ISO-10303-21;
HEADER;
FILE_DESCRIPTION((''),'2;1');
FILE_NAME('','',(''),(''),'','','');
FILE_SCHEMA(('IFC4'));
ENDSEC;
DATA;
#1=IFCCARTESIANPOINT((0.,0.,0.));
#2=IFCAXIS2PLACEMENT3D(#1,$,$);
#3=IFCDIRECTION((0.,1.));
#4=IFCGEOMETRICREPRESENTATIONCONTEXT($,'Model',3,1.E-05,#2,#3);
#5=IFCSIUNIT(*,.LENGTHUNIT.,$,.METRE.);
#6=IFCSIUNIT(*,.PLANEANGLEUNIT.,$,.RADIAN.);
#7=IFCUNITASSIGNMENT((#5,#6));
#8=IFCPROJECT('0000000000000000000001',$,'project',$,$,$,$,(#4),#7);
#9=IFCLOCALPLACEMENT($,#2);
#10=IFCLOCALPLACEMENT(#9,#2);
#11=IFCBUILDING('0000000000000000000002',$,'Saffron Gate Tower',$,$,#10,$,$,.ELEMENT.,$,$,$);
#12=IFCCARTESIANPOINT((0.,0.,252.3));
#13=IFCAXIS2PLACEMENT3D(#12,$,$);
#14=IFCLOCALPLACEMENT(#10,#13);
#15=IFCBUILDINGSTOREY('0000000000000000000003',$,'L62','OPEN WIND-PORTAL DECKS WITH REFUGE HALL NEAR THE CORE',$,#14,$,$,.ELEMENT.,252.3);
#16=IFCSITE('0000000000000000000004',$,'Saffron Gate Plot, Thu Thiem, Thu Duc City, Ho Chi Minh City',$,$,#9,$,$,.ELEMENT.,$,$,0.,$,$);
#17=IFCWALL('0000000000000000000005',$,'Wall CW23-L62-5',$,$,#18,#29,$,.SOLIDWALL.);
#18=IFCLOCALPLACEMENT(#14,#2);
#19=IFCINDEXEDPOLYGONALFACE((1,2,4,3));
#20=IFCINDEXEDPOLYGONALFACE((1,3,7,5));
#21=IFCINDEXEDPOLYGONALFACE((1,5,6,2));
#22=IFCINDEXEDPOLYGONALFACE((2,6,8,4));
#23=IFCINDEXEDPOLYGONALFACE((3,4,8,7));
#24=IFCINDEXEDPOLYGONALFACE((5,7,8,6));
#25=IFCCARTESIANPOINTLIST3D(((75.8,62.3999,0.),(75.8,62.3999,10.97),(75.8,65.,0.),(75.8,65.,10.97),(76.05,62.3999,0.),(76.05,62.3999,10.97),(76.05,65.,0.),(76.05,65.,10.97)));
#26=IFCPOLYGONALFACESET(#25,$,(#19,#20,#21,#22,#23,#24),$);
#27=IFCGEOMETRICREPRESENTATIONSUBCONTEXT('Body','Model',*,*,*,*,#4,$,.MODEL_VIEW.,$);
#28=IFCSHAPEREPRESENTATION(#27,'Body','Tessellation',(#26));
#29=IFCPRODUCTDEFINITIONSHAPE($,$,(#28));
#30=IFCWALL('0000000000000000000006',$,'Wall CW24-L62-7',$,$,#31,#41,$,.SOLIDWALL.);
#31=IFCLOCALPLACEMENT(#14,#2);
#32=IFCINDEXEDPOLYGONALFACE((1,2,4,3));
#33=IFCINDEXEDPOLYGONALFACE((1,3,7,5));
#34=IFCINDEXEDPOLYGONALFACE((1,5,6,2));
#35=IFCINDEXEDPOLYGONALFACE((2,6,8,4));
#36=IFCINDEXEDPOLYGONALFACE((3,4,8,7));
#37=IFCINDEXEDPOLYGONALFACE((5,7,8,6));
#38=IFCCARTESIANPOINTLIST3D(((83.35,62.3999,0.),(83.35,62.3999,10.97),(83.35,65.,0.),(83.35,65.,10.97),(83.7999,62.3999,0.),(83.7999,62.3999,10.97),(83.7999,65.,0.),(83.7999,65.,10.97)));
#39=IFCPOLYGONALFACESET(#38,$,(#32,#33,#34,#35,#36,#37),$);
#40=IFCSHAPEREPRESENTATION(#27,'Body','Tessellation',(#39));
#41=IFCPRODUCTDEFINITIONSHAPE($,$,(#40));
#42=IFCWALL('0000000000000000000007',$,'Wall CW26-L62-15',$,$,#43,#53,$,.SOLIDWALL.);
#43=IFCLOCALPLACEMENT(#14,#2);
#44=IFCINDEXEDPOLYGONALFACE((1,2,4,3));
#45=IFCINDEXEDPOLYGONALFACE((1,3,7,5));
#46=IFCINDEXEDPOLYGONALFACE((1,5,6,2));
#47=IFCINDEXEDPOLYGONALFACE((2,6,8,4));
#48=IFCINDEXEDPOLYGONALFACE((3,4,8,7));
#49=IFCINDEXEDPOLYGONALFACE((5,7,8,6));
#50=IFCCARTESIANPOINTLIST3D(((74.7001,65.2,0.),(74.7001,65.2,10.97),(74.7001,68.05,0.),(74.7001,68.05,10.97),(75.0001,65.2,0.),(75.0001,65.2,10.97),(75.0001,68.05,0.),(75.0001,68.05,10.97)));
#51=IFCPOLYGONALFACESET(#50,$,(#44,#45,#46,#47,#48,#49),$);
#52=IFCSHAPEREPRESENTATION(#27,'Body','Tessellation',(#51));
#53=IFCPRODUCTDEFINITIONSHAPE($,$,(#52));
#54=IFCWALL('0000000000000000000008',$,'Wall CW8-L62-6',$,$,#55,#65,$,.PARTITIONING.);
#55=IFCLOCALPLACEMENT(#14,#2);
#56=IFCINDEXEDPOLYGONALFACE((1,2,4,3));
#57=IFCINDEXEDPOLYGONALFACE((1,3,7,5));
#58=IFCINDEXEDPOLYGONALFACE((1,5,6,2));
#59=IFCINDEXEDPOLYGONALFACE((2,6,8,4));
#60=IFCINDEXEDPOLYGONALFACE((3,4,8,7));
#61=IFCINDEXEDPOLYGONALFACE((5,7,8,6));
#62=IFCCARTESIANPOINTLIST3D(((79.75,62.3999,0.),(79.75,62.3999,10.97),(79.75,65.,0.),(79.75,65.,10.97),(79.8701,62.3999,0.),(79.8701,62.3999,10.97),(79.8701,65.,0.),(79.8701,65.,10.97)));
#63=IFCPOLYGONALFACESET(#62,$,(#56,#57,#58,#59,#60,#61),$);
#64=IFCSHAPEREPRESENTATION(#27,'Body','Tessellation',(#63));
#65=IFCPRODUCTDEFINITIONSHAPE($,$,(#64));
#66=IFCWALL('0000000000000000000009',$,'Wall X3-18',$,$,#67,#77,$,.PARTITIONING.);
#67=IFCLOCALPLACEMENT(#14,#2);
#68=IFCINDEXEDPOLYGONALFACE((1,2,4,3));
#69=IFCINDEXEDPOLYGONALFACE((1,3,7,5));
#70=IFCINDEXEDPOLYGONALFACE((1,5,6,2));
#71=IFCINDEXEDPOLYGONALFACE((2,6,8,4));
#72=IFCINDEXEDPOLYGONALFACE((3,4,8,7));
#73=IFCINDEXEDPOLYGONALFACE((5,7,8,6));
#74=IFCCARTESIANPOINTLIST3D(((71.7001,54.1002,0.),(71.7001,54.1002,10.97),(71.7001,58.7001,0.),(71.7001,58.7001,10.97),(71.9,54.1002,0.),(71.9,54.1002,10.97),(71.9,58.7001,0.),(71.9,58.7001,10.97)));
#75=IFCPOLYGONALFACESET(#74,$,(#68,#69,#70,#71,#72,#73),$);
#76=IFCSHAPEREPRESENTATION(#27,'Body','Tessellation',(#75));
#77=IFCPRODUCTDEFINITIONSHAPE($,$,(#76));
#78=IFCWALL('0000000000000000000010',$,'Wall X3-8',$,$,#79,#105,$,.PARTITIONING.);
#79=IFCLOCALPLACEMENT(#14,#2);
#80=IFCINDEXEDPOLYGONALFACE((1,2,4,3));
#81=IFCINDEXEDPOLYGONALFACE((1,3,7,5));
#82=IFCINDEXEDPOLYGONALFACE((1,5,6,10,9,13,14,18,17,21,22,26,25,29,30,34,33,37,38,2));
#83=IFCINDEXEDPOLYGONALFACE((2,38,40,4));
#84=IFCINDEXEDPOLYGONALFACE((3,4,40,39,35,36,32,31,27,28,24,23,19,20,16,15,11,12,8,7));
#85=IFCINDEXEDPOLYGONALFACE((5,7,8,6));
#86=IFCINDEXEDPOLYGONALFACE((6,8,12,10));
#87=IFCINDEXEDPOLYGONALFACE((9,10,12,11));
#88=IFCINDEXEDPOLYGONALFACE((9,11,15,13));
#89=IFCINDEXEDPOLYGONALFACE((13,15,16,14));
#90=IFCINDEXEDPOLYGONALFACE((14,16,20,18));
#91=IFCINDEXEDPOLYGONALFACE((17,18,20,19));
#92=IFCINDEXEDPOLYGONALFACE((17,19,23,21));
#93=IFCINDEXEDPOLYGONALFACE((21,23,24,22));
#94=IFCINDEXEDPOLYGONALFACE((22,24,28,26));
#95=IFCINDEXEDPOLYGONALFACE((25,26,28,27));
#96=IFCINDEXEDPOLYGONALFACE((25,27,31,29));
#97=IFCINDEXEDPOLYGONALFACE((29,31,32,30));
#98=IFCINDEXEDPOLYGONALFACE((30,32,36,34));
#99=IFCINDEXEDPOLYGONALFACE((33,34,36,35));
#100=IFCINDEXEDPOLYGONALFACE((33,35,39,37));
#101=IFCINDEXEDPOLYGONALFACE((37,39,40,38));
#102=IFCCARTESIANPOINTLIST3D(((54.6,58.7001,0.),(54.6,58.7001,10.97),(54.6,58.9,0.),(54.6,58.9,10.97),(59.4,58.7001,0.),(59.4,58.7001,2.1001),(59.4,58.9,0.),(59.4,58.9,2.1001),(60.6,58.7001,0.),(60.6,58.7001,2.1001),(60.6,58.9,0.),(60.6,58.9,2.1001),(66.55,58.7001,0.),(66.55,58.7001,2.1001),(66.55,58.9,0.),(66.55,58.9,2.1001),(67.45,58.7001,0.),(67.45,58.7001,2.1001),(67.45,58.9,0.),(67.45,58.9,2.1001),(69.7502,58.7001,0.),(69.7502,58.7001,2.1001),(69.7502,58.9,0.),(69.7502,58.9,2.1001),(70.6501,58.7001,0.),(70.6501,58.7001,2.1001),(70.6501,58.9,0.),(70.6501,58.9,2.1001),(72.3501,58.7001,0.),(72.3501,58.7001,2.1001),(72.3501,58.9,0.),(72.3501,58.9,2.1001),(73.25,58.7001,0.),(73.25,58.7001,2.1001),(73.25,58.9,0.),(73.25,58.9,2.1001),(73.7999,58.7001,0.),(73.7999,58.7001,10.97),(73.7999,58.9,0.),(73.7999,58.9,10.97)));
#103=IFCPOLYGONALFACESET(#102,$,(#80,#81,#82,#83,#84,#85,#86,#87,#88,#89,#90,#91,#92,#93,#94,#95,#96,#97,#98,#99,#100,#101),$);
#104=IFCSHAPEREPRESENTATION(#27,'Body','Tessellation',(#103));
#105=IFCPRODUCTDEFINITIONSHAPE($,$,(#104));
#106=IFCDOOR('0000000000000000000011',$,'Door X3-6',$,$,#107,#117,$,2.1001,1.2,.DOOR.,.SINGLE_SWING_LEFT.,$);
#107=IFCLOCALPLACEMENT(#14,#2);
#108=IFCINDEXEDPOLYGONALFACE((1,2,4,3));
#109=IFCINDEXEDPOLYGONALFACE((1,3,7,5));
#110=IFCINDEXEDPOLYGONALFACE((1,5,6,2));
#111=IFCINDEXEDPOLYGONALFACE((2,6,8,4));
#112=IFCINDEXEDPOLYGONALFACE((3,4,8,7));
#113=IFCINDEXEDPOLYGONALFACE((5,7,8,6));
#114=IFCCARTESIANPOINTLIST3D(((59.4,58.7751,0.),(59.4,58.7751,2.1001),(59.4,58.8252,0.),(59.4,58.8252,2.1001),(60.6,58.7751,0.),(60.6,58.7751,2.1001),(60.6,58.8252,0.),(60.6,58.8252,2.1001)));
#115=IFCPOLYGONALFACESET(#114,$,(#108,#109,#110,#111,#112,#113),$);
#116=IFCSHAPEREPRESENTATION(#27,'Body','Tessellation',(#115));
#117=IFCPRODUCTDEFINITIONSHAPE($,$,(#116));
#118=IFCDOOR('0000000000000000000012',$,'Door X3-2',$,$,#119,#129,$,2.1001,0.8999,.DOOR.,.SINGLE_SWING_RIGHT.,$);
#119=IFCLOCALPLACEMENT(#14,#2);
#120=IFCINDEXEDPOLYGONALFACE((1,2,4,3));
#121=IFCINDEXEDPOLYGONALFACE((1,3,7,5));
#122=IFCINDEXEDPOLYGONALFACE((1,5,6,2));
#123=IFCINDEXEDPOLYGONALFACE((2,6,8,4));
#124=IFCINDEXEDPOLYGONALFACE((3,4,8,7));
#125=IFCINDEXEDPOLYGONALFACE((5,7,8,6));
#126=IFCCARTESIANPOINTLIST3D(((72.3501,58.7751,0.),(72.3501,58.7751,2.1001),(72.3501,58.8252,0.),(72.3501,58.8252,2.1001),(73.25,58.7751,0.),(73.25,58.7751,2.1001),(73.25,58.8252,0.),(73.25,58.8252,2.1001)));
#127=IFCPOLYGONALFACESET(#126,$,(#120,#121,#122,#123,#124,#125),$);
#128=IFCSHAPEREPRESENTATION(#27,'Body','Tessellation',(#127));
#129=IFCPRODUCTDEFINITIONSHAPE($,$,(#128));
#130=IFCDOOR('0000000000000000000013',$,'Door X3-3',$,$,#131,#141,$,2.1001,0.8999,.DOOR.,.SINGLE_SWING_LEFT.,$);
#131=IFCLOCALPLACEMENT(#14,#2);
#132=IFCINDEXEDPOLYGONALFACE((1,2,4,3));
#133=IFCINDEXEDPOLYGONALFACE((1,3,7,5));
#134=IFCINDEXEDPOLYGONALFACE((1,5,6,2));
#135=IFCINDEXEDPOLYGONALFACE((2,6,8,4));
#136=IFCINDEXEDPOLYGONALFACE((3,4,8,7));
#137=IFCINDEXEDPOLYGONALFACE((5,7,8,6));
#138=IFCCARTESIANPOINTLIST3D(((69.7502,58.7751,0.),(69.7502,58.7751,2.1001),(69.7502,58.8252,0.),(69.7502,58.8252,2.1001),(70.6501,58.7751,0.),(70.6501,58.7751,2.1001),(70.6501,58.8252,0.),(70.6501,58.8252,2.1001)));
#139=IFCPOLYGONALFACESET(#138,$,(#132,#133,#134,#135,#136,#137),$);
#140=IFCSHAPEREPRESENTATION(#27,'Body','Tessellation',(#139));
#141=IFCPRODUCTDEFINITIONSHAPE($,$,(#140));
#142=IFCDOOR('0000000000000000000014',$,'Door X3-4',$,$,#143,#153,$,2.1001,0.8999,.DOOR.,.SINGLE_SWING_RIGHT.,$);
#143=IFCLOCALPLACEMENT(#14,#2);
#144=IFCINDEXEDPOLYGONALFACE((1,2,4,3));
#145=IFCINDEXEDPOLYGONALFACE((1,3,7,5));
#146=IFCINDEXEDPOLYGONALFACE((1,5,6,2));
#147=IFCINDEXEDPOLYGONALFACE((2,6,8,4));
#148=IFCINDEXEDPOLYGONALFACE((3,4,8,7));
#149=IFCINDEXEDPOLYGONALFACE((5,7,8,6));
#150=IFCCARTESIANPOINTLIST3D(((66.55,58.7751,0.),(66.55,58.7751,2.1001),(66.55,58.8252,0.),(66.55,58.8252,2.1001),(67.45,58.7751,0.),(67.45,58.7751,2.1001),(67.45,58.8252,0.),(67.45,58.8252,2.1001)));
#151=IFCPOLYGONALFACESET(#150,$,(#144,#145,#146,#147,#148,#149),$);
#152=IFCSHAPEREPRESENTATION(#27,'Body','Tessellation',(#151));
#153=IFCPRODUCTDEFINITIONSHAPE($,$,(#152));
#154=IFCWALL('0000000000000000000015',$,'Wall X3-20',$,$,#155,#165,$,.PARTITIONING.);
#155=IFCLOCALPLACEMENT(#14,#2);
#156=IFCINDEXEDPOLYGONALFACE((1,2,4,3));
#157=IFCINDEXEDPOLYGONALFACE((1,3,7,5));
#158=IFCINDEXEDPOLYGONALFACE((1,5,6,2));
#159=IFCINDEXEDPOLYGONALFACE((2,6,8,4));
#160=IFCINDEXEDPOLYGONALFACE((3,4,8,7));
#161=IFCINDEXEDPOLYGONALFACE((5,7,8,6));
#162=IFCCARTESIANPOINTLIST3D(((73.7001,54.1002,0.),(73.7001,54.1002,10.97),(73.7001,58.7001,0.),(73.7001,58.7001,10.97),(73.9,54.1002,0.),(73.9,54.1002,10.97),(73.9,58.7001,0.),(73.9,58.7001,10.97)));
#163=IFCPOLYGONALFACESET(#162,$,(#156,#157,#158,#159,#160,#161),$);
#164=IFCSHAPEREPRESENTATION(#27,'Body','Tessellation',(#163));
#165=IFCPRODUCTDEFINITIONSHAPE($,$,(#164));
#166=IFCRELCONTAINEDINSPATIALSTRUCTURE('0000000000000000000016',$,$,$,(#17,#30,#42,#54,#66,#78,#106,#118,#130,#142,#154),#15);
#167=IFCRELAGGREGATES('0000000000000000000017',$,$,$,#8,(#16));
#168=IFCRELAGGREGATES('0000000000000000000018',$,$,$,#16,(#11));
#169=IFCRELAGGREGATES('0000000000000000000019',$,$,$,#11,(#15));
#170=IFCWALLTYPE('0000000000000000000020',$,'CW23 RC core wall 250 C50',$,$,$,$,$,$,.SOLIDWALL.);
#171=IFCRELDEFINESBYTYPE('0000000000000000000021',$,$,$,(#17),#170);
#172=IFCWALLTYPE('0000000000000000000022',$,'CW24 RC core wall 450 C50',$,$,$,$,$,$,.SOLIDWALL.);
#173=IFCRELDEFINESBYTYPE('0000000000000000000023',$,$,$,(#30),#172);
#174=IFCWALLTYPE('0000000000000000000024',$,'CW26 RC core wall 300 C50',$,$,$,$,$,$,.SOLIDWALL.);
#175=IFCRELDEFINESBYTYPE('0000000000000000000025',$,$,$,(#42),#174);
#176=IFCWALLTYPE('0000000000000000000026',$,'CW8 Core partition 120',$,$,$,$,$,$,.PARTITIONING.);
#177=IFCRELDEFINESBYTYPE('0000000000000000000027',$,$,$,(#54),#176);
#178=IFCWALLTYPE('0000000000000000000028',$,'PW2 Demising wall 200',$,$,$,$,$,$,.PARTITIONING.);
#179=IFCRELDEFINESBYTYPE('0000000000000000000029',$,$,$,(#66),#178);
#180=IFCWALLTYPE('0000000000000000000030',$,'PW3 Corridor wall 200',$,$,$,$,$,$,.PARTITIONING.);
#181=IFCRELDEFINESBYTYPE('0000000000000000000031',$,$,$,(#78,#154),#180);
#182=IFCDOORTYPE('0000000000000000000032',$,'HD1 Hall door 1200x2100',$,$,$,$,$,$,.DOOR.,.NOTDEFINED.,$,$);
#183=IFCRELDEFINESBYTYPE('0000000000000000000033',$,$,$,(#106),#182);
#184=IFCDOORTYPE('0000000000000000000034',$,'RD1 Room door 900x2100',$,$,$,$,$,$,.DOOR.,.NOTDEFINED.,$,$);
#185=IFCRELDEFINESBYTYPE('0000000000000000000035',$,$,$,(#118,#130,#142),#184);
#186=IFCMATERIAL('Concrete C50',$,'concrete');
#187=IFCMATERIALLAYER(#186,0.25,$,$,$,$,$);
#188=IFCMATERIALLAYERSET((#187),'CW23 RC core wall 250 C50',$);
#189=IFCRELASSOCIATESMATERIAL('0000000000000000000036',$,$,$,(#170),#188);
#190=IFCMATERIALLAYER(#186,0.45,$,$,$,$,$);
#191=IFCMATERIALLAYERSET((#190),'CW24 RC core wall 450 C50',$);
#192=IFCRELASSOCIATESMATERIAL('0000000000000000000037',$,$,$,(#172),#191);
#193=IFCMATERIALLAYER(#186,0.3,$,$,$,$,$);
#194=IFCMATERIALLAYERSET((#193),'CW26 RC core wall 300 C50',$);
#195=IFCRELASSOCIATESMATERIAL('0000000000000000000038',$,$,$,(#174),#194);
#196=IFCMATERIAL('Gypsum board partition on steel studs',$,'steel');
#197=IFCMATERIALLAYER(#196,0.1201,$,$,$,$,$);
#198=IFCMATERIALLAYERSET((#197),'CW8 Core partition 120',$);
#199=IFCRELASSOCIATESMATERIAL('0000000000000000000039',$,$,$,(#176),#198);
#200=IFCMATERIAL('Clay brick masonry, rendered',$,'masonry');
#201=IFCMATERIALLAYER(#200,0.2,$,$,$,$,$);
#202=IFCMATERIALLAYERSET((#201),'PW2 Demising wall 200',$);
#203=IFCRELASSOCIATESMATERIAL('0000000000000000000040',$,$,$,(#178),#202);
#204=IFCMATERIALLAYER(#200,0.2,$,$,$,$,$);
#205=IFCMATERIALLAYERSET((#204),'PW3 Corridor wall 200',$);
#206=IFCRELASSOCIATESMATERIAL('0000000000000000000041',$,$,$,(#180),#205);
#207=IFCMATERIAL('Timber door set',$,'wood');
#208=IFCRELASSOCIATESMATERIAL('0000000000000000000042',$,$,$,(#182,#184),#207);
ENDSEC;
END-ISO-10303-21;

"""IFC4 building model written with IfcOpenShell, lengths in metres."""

from ifc_helpers import new_model, si_unit, direction, frame, frame_2d, origin, place, context, subcontext, project, spatial, rectangle, extrude, material, layer, layer_set, type_object, element, fill, save


model = new_model("IFC4")

# Units and contexts
model_context = context("Model", 3, precision=1e-05, world=origin(), true_north=direction((0.0, 1.0)))
body_context = subcontext(model_context, "Body", "Model", "MODEL_VIEW")
ifc_project = project(units=[si_unit("LENGTHUNIT", "METRE"), si_unit("PLANEANGLEUNIT", "RADIAN")], contexts=[model_context])

# Site, building, storey
site_placement = place(None, origin())
site = spatial("IfcSite", under=ifc_project, at=site_placement, Name="Saffron Gate Plot, Thu Thiem, Thu Duc City, Ho Chi Minh City", CompositionType="ELEMENT", RefElevation=0.0)
building_placement = place(site_placement, origin())
building = spatial("IfcBuilding", under=site, at=building_placement, Name="Saffron Gate Tower", CompositionType="ELEMENT")
storey_placement = place(building_placement, frame((0.0, 0.0, 252.3)))
storey = spatial("IfcBuildingStorey", under=building, at=storey_placement, Name="L62", Description="OPEN WIND-PORTAL DECKS WITH REFUGE HALL NEAR THE CORE", CompositionType="ELEMENT", Elevation=252.3)

# Walls
ifc_material_1 = material(Name="Concrete C50", Category="concrete")
ifc_layer_1 = layer(ifc_material_1, 0.25)
ifc_layer_set_1 = layer_set([ifc_layer_1], Name="CW23 RC core wall 250 C50")
wall_type_1 = type_object("IfcWallType", Name="CW23 RC core wall 250 C50", PredefinedType="SOLIDWALL", material=ifc_layer_set_1)
wall_1_placement = place(storey_placement, frame((75.925, 62.3999, 0.0), z_axis=(0.0, 0.0, 1.0), x_axis=(0.0, 1.0, 0.0)))
element("IfcWall", 1, at=wall_1_placement, inside=storey, type_object=wall_type_1, Name="Wall CW23-L62-5", PredefinedType="SOLIDWALL", context=body_context, shape_type="SweptSolid", body=[
    extrude(rectangle(XDim=2.6001, YDim=0.25, at=frame_2d((1.3, 0.0))), origin(), (0.0, 0.0, 1.0), 10.97),
])
ifc_layer_2 = layer(ifc_material_1, 0.45)
ifc_layer_set_2 = layer_set([ifc_layer_2], Name="CW24 RC core wall 450 C50")
wall_type_2 = type_object("IfcWallType", Name="CW24 RC core wall 450 C50", PredefinedType="SOLIDWALL", material=ifc_layer_set_2)
wall_2_placement = place(storey_placement, frame((83.575, 62.3999, 0.0), z_axis=(0.0, 0.0, 1.0), x_axis=(0.0, 1.0, 0.0)))
element("IfcWall", 2, at=wall_2_placement, inside=storey, type_object=wall_type_2, Name="Wall CW24-L62-7", PredefinedType="SOLIDWALL", context=body_context, shape_type="SweptSolid", body=[
    extrude(rectangle(XDim=2.6001, YDim=0.45, at=frame_2d((1.3, 0.0))), origin(), (0.0, 0.0, 1.0), 10.97),
])
ifc_layer_3 = layer(ifc_material_1, 0.3)
ifc_layer_set_3 = layer_set([ifc_layer_3], Name="CW26 RC core wall 300 C50")
wall_type_3 = type_object("IfcWallType", Name="CW26 RC core wall 300 C50", PredefinedType="SOLIDWALL", material=ifc_layer_set_3)
wall_3_placement = place(storey_placement, frame((74.8501, 65.2, 0.0), z_axis=(0.0, 0.0, 1.0), x_axis=(0.0, 1.0, 0.0)))
element("IfcWall", 3, at=wall_3_placement, inside=storey, type_object=wall_type_3, Name="Wall CW26-L62-15", PredefinedType="SOLIDWALL", context=body_context, shape_type="SweptSolid", body=[
    extrude(rectangle(XDim=2.8501, YDim=0.3, at=frame_2d((1.425, 0.0))), origin(), (0.0, 0.0, 1.0), 10.97),
])
ifc_material_2 = material(Name="Gypsum board partition on steel studs", Category="steel")
ifc_layer_4 = layer(ifc_material_2, 0.1201)
ifc_layer_set_4 = layer_set([ifc_layer_4], Name="CW8 Core partition 120")
wall_type_4 = type_object("IfcWallType", Name="CW8 Core partition 120", PredefinedType="PARTITIONING", material=ifc_layer_set_4)
wall_4_placement = place(storey_placement, frame((79.8101, 62.3999, 0.0), z_axis=(0.0, 0.0, 1.0), x_axis=(0.0, 1.0, 0.0)))
element("IfcWall", 4, at=wall_4_placement, inside=storey, type_object=wall_type_4, Name="Wall CW8-L62-6", PredefinedType="PARTITIONING", context=body_context, shape_type="SweptSolid", body=[
    extrude(rectangle(XDim=2.6001, YDim=0.1201, at=frame_2d((1.3, 0.0))), origin(), (0.0, 0.0, 1.0), 10.97),
])
ifc_material_3 = material(Name="Clay brick masonry, rendered", Category="masonry")
ifc_layer_5 = layer(ifc_material_3, 0.2)
ifc_layer_set_5 = layer_set([ifc_layer_5], Name="PW2 Demising wall 200")
wall_type_5 = type_object("IfcWallType", Name="PW2 Demising wall 200", PredefinedType="PARTITIONING", material=ifc_layer_set_5)
wall_5_placement = place(storey_placement, frame((71.8, 58.7, 0.0), z_axis=(0.0, 0.0, 1.0), x_axis=(0.0, -1.0, 0.0)))
element("IfcWall", 5, at=wall_5_placement, inside=storey, type_object=wall_type_5, Name="Wall X3-18", PredefinedType="PARTITIONING", context=body_context, shape_type="SweptSolid", body=[
    extrude(rectangle(XDim=4.5999, YDim=0.2, at=frame_2d((2.2998, 0.0))), origin(), (0.0, 0.0, 1.0), 10.97),
])

# Wall, openings, doors
ifc_layer_6 = layer(ifc_material_3, 0.2)
ifc_layer_set_6 = layer_set([ifc_layer_6], Name="PW3 Corridor wall 200")
wall_type_6 = type_object("IfcWallType", Name="PW3 Corridor wall 200", PredefinedType="PARTITIONING", material=ifc_layer_set_6)
wall_6_placement = place(storey_placement, frame((73.8, 58.8, 0.0), z_axis=(0.0, 0.0, 1.0), x_axis=(-1.0, 0.0, 0.0)))
wall_6 = element("IfcWall", 6, at=wall_6_placement, inside=storey, type_object=wall_type_6, Name="Wall X3-8", PredefinedType="PARTITIONING", context=body_context, shape_type="SweptSolid", body=[
    extrude(rectangle(XDim=19.2, YDim=0.2, at=frame_2d((9.6001, 0.0))), origin(), (0.0, 0.0, 1.0), 10.97),
])
opening_1_placement = place(wall_6_placement, frame((0.55, 0.0, 0.0)))
opening_1 = element("IfcOpeningElement", 7, at=opening_1_placement, cuts=wall_6, PredefinedType="OPENING", context=body_context, shape_type="SweptSolid", body=[
    extrude(rectangle(XDim=0.8999, YDim=2.1001, at=frame_2d((0.45, 1.05))), frame((0.0, 0.1099, 0.0), z_axis=(0.0, -1.0, 0.0), x_axis=(1.0, 0.0, 0.0)), (0.0, 0.0, 1.0), 0.22),
])
opening_2_placement = place(wall_6_placement, frame((3.1499, 0.0, 0.0)))
opening_2 = element("IfcOpeningElement", 8, at=opening_2_placement, cuts=wall_6, PredefinedType="OPENING", context=body_context, shape_type="SweptSolid", body=[
    extrude(rectangle(XDim=0.8999, YDim=2.1001, at=frame_2d((0.45, 1.05))), frame((0.0, 0.1099, 0.0), z_axis=(0.0, -1.0, 0.0), x_axis=(1.0, 0.0, 0.0)), (0.0, 0.0, 1.0), 0.22),
])
opening_3_placement = place(wall_6_placement, frame((6.3501, 0.0, 0.0)))
opening_3 = element("IfcOpeningElement", 9, at=opening_3_placement, cuts=wall_6, PredefinedType="OPENING", context=body_context, shape_type="SweptSolid", body=[
    extrude(rectangle(XDim=0.8999, YDim=2.1001, at=frame_2d((0.45, 1.05))), frame((0.0, 0.1099, 0.0), z_axis=(0.0, -1.0, 0.0), x_axis=(1.0, 0.0, 0.0)), (0.0, 0.0, 1.0), 0.22),
])
opening_4_placement = place(wall_6_placement, frame((13.2, 0.0, 0.0)))
opening_4 = element("IfcOpeningElement", 10, at=opening_4_placement, cuts=wall_6, PredefinedType="OPENING", context=body_context, shape_type="SweptSolid", body=[
    extrude(rectangle(XDim=1.2, YDim=2.1001, at=frame_2d((0.6001, 1.05))), frame((0.0, 0.1099, 0.0), z_axis=(0.0, -1.0, 0.0), x_axis=(1.0, 0.0, 0.0)), (0.0, 0.0, 1.0), 0.22),
])
ifc_material_4 = material(Name="Timber door set", Category="wood")
door_type_1 = type_object("IfcDoorType", Name="HD1 Hall door 1200x2100", OperationType="NOTDEFINED", PredefinedType="DOOR", material=ifc_material_4)
door_1_placement = place(opening_4_placement, origin())
door_1 = element("IfcDoor", 11, at=door_1_placement, inside=storey, type_object=door_type_1, Name="Door X3-6", OperationType="SINGLE_SWING_LEFT", OverallHeight=2.1001, OverallWidth=1.2, PredefinedType="DOOR", context=body_context, shape_type="SweptSolid", body=[
    extrude(rectangle(XDim=1.2, YDim=2.1001, at=frame_2d((0.6001, 1.05))), frame((0.0, 0.0249, 0.0), z_axis=(0.0, -1.0, 0.0), x_axis=(1.0, 0.0, 0.0)), (0.0, 0.0, 1.0), 0.05),
])
fill(opening_4, door_1)
door_type_2 = type_object("IfcDoorType", Name="RD1 Room door 900x2100", OperationType="NOTDEFINED", PredefinedType="DOOR", material=ifc_material_4)
door_2_placement = place(opening_1_placement, origin())
door_2 = element("IfcDoor", 12, at=door_2_placement, inside=storey, type_object=door_type_2, Name="Door X3-2", OperationType="SINGLE_SWING_RIGHT", OverallHeight=2.1001, OverallWidth=0.8999, PredefinedType="DOOR", context=body_context, shape_type="SweptSolid", body=[
    extrude(rectangle(XDim=0.8999, YDim=2.1001, at=frame_2d((0.45, 1.05))), frame((0.0, 0.0249, 0.0), z_axis=(0.0, -1.0, 0.0), x_axis=(1.0, 0.0, 0.0)), (0.0, 0.0, 1.0), 0.05),
])
fill(opening_1, door_2)
door_3_placement = place(opening_2_placement, origin())
door_3 = element("IfcDoor", 13, at=door_3_placement, inside=storey, type_object=door_type_2, Name="Door X3-3", OperationType="SINGLE_SWING_LEFT", OverallHeight=2.1001, OverallWidth=0.8999, PredefinedType="DOOR", context=body_context, shape_type="SweptSolid", body=[
    extrude(rectangle(XDim=0.8999, YDim=2.1001, at=frame_2d((0.45, 1.05))), frame((0.0, 0.0249, 0.0), z_axis=(0.0, -1.0, 0.0), x_axis=(1.0, 0.0, 0.0)), (0.0, 0.0, 1.0), 0.05),
])
fill(opening_2, door_3)
door_4_placement = place(opening_3_placement, origin())
door_4 = element("IfcDoor", 14, at=door_4_placement, inside=storey, type_object=door_type_2, Name="Door X3-4", OperationType="SINGLE_SWING_RIGHT", OverallHeight=2.1001, OverallWidth=0.8999, PredefinedType="DOOR", context=body_context, shape_type="SweptSolid", body=[
    extrude(rectangle(XDim=0.8999, YDim=2.1001, at=frame_2d((0.45, 1.05))), frame((0.0, 0.0249, 0.0), z_axis=(0.0, -1.0, 0.0), x_axis=(1.0, 0.0, 0.0)), (0.0, 0.0, 1.0), 0.05),
])
fill(opening_3, door_4)

# Wall
wall_7_placement = place(storey_placement, frame((73.8, 58.7, 0.0), z_axis=(0.0, 0.0, 1.0), x_axis=(0.0, -1.0, 0.0)))
element("IfcWall", 15, at=wall_7_placement, inside=storey, type_object=wall_type_6, Name="Wall X3-20", PredefinedType="PARTITIONING", context=body_context, shape_type="SweptSolid", body=[
    extrude(rectangle(XDim=4.5999, YDim=0.2, at=frame_2d((2.2998, 0.0))), origin(), (0.0, 0.0, 1.0), 10.97),
])

save(model, "model.ifc")
